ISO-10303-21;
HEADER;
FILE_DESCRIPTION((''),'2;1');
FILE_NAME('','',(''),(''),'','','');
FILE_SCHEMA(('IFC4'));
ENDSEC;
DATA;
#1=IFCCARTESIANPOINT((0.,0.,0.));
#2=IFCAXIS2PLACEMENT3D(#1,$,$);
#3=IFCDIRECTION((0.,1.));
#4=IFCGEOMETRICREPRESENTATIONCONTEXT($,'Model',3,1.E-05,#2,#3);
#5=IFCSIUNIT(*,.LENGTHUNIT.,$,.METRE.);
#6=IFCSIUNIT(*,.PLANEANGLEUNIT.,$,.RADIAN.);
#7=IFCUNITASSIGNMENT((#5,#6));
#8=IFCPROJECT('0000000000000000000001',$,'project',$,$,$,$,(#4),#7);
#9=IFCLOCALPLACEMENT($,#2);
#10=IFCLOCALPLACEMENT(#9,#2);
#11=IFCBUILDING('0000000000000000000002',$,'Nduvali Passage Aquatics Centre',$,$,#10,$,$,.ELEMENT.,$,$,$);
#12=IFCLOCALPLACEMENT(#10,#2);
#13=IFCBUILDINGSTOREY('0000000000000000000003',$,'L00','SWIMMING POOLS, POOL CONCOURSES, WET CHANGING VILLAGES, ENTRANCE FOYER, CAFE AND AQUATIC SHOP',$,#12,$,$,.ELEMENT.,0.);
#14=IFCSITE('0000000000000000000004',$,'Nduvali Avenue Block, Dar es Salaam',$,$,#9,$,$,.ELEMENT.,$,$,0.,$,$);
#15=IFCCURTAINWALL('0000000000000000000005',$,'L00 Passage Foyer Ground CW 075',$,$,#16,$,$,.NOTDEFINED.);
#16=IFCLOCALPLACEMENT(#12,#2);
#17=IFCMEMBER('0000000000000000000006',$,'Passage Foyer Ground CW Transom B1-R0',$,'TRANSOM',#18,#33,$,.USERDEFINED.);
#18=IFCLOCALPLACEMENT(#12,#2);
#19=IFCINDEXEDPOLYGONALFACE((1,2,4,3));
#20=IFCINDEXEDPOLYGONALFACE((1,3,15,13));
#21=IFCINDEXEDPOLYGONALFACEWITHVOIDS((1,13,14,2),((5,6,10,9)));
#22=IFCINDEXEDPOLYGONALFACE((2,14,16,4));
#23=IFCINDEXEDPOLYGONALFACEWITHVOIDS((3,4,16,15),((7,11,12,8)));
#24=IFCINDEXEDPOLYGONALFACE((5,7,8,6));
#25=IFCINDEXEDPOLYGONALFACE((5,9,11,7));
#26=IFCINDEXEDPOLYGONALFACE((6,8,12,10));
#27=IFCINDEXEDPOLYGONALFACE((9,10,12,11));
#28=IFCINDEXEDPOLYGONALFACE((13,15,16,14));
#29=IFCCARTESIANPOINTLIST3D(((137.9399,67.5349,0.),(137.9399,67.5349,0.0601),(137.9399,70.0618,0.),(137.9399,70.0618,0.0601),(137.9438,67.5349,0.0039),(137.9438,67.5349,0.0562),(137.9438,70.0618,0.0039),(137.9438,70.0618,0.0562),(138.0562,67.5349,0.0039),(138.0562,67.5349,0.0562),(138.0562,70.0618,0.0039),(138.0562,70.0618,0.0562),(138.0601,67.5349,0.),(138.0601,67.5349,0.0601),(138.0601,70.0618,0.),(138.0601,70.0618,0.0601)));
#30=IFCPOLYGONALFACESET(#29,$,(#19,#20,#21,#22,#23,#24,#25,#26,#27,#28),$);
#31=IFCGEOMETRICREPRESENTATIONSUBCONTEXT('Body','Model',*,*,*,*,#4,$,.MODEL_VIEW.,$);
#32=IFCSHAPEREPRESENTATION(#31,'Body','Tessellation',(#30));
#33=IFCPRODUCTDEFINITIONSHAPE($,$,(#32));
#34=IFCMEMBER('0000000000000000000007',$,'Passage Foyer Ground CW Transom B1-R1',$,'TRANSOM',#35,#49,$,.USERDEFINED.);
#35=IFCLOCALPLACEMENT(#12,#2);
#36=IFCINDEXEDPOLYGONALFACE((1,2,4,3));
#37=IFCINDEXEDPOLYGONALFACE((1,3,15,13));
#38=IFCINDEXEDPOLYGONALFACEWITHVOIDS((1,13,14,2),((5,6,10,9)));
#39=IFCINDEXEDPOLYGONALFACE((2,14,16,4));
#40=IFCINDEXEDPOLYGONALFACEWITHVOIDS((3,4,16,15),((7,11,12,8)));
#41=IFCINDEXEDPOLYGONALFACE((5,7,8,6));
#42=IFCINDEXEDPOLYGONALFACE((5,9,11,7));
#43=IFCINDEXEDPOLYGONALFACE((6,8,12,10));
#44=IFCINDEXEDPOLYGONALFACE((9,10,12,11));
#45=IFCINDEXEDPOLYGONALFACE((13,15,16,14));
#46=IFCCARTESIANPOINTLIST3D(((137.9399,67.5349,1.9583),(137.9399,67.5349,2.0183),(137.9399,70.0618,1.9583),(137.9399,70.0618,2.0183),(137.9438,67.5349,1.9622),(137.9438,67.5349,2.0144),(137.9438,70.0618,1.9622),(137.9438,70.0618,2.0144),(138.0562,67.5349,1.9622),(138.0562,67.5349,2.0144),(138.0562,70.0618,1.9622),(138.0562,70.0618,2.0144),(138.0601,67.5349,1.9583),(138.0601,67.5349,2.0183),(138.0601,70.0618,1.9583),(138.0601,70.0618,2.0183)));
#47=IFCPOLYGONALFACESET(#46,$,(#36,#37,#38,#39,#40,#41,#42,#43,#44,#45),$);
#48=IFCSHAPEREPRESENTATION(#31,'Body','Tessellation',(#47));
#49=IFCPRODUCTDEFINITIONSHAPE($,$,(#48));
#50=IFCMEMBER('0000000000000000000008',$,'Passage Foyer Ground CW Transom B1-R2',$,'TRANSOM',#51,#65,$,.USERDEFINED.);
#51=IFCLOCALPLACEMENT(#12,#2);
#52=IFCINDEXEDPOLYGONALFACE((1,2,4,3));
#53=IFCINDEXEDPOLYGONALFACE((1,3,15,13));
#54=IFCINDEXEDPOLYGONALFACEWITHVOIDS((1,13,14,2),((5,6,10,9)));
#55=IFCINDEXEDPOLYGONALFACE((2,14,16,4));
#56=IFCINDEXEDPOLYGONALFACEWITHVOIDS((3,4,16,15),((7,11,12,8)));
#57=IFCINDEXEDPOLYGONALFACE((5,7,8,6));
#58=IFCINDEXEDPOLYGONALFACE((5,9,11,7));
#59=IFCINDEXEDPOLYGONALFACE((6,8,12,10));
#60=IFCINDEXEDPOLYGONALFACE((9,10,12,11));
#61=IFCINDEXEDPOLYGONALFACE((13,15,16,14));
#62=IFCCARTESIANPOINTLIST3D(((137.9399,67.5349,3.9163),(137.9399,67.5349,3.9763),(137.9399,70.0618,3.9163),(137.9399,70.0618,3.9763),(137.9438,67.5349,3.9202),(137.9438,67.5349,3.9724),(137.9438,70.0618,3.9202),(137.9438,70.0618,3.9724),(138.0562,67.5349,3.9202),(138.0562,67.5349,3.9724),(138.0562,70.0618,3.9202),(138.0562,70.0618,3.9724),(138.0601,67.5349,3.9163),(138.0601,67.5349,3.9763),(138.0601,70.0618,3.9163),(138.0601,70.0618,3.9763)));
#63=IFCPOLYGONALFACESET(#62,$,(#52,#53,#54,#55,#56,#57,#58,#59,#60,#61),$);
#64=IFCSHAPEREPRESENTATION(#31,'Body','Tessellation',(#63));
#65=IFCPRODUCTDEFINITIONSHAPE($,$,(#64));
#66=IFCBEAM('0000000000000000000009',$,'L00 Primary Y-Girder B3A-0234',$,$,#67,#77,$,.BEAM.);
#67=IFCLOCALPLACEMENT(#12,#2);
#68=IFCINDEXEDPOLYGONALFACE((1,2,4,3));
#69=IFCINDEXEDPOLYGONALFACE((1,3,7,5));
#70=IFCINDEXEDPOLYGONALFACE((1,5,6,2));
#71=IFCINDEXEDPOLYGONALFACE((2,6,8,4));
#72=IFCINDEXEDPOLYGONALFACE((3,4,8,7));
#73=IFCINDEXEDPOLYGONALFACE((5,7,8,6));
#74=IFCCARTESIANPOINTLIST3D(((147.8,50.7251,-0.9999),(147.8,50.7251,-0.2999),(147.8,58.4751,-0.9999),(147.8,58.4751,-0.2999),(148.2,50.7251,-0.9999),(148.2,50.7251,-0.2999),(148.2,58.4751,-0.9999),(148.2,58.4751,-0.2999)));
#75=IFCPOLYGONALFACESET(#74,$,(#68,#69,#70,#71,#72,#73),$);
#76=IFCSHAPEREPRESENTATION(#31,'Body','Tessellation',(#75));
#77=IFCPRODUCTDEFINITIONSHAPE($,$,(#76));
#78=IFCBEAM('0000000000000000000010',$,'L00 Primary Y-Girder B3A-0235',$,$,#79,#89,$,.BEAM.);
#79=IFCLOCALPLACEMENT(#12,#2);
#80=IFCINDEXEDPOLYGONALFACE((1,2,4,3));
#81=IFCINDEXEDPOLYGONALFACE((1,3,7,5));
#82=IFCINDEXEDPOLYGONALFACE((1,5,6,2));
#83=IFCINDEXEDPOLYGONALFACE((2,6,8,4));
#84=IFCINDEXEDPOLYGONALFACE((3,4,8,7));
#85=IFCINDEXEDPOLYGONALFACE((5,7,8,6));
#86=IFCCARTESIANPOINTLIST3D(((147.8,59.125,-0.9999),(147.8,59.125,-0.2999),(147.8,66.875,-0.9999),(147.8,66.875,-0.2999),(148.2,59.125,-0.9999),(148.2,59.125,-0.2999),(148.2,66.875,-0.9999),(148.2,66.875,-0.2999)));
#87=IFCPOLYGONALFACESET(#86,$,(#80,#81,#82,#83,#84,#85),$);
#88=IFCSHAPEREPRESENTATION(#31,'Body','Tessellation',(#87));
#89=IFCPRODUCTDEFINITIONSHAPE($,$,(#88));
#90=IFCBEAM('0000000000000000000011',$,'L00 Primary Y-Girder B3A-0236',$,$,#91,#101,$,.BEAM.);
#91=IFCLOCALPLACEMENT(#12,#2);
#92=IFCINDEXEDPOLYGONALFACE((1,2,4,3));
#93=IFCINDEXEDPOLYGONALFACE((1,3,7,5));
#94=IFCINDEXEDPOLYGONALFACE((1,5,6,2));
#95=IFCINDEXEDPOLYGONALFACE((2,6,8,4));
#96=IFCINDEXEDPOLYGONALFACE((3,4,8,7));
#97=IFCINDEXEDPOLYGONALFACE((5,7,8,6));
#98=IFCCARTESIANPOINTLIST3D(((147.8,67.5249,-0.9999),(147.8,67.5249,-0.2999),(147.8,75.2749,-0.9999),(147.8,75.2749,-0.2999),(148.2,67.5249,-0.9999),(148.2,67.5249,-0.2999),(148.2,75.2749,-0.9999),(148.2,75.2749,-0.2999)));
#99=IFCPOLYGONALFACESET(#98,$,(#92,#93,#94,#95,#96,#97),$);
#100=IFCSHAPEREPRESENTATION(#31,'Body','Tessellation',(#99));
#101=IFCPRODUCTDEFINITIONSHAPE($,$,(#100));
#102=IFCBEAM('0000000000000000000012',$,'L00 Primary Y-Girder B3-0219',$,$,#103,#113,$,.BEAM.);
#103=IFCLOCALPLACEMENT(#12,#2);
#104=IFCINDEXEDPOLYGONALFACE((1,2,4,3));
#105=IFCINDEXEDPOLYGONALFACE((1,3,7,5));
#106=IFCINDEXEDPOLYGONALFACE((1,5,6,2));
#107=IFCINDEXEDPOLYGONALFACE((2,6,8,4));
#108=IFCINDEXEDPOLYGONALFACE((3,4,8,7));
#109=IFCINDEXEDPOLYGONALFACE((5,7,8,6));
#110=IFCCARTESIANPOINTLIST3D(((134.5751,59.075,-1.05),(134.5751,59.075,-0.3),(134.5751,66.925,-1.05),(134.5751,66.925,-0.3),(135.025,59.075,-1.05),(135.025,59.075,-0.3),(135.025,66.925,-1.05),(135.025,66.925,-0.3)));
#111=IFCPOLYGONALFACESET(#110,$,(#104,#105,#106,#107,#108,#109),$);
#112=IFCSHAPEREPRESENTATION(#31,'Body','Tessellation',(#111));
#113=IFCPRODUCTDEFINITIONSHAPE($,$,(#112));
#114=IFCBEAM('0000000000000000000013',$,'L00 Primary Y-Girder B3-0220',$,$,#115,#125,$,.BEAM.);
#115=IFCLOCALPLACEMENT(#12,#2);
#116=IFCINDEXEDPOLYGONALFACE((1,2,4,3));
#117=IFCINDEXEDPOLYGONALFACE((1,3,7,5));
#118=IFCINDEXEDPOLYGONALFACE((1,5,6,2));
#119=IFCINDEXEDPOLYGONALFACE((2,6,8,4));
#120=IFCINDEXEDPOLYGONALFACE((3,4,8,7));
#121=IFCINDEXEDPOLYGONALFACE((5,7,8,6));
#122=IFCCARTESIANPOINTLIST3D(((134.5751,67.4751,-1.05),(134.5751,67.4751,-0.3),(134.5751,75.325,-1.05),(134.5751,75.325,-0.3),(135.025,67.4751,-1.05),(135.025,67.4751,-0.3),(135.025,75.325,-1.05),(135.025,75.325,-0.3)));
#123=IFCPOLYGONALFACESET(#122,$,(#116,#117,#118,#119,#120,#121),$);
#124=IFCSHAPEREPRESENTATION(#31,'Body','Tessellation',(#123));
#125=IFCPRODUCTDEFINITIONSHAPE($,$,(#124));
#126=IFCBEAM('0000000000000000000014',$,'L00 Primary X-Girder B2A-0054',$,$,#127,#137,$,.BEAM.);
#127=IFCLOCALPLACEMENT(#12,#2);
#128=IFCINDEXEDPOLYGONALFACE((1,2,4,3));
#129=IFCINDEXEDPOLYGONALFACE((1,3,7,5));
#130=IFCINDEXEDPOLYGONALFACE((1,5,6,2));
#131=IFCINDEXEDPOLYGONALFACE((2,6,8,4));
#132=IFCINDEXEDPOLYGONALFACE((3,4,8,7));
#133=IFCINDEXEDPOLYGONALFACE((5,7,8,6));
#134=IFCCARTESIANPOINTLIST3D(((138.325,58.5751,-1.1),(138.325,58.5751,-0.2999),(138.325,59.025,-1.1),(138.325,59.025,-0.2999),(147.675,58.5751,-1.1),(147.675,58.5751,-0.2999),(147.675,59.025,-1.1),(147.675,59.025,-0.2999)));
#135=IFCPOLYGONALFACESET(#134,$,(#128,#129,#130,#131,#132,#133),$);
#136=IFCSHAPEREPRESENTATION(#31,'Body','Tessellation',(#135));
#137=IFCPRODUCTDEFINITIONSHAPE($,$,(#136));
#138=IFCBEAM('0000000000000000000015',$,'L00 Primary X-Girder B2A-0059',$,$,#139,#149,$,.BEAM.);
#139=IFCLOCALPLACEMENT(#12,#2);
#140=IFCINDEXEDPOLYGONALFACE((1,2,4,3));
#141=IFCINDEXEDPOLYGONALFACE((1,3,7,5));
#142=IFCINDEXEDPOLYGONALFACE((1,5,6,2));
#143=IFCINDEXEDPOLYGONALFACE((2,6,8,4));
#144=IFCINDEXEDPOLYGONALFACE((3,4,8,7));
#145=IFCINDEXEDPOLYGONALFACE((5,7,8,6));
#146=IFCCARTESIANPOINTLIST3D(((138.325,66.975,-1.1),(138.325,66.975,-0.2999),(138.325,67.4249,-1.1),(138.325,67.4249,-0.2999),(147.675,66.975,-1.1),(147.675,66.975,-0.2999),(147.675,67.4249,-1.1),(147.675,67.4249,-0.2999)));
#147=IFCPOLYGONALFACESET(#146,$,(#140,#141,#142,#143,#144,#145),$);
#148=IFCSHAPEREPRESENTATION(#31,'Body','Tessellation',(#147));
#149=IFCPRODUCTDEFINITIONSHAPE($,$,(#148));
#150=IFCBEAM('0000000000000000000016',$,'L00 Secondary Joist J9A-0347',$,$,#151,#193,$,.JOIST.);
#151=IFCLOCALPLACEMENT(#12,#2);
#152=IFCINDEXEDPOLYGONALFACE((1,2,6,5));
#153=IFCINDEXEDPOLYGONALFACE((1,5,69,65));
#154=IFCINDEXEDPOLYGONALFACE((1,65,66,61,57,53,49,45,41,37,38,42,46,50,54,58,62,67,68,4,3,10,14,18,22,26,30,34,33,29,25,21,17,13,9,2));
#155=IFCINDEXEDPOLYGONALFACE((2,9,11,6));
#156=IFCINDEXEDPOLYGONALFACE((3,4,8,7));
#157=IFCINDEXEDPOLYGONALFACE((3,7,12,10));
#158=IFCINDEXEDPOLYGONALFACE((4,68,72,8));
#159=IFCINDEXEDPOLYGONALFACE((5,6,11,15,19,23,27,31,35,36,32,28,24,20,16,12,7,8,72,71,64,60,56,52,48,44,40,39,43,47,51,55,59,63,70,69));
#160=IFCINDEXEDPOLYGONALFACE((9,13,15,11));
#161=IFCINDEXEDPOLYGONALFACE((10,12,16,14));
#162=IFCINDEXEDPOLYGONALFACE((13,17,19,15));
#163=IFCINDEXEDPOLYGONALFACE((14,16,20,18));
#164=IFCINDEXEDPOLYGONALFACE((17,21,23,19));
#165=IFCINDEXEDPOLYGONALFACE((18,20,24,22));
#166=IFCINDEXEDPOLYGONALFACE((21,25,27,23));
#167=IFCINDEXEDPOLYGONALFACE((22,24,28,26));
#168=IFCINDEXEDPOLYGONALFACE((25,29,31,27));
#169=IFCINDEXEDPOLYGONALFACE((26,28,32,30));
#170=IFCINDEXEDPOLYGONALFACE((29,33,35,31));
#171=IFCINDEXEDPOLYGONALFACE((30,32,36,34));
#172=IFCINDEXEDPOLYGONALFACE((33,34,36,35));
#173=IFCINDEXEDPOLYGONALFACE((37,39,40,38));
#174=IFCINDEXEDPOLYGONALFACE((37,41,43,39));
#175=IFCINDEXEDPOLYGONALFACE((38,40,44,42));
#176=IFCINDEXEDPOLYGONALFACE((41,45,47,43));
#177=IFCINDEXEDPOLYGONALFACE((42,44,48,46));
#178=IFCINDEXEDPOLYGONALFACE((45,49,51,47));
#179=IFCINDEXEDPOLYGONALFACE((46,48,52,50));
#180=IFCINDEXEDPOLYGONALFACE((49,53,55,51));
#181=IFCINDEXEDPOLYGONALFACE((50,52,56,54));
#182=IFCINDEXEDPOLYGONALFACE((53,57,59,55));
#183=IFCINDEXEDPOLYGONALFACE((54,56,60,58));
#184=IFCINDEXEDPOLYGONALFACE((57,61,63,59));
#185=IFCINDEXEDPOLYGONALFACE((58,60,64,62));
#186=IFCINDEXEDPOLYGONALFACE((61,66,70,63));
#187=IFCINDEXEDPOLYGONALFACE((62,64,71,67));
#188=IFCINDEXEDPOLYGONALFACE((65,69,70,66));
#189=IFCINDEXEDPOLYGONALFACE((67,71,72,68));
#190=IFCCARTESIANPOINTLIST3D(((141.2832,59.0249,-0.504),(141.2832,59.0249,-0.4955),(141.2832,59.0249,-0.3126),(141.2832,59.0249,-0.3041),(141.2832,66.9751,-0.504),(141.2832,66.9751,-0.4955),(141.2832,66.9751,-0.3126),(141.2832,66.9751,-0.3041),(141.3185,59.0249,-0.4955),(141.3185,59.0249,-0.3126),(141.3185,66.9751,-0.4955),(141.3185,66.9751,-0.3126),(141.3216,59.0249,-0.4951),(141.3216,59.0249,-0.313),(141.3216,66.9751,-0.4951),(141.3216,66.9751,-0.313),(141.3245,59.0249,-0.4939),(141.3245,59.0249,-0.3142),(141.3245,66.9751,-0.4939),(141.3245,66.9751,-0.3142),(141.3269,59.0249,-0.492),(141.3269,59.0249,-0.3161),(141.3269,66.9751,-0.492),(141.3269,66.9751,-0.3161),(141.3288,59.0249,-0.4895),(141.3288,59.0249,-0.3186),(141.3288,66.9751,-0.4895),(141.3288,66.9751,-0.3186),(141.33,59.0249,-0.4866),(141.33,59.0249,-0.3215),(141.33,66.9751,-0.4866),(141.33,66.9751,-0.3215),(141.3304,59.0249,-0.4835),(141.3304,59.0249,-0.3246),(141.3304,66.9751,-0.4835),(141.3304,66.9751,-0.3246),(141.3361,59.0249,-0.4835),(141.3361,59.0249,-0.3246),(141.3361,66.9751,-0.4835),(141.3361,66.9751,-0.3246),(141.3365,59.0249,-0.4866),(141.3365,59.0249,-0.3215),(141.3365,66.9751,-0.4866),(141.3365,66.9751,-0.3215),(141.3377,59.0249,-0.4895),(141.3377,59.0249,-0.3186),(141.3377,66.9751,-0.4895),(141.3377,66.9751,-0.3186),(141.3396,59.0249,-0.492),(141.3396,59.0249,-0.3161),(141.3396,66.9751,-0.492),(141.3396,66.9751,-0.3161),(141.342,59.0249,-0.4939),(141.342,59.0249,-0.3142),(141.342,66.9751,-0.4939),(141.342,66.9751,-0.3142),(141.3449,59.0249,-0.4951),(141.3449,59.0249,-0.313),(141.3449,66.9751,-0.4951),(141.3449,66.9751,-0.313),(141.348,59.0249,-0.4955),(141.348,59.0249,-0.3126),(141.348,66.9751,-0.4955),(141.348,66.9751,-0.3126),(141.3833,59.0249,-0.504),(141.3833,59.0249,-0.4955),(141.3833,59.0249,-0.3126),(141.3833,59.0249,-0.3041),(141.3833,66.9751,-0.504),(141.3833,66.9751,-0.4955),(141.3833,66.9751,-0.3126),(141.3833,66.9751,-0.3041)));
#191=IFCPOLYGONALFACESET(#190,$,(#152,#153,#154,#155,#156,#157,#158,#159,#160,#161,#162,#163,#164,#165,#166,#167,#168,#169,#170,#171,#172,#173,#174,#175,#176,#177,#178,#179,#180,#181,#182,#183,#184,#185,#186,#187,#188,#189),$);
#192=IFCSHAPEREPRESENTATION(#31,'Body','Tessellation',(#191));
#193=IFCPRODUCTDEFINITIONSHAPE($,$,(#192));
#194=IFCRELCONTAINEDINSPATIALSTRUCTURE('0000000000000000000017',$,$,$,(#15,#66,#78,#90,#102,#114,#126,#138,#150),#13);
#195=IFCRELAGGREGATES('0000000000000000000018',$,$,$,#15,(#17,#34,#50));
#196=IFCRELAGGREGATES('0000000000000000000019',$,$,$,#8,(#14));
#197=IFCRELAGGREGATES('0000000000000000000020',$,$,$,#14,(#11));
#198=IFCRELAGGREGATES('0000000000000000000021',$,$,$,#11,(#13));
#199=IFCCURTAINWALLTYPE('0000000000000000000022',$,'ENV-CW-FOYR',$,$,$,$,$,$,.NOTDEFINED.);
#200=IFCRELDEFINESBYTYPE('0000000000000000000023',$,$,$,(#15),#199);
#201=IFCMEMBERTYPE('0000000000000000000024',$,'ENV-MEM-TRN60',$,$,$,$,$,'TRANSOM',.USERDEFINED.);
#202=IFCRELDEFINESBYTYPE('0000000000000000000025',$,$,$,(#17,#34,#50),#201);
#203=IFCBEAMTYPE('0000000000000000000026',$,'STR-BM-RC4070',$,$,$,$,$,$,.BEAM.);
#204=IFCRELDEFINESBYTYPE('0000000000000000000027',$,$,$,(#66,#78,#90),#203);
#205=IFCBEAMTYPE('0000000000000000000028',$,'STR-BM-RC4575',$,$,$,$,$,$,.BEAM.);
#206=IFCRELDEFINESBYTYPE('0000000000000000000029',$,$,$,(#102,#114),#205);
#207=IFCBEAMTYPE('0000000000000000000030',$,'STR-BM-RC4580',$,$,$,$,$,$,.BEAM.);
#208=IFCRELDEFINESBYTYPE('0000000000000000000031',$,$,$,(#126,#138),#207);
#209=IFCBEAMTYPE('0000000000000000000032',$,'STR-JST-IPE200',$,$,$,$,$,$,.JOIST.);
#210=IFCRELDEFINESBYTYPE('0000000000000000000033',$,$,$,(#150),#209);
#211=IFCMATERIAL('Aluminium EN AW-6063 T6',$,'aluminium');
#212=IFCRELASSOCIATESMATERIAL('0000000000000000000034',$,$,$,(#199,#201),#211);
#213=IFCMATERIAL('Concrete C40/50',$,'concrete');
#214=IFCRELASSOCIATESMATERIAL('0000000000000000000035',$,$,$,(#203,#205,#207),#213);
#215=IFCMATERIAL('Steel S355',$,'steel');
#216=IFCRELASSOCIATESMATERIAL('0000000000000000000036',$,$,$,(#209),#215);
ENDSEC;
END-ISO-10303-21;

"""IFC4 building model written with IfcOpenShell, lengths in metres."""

from ifc_helpers import new_model, si_unit, direction, frame, origin, origin_2d, place, context, subcontext, project, spatial, rectangle, hollow_rectangle, i_section, extrude, material, material_profile, profile_set, type_object, element, aggregate, save


model = new_model("IFC4")

# Units and contexts
model_context = context("Model", 3, precision=1e-05, world=origin(), true_north=direction((0.0, 1.0)))
body_context = subcontext(model_context, "Body", "Model", "MODEL_VIEW")
ifc_project = project(units=[si_unit("LENGTHUNIT", "METRE"), si_unit("PLANEANGLEUNIT", "RADIAN")], contexts=[model_context])

# Site, building, storey
site_placement = place(None, origin())
site = spatial("IfcSite", under=ifc_project, at=site_placement, Name="Nduvali Avenue Block, Dar es Salaam", CompositionType="ELEMENT", RefElevation=0.0)
building_placement = place(site_placement, origin())
building = spatial("IfcBuilding", under=site, at=building_placement, Name="Nduvali Passage Aquatics Centre", CompositionType="ELEMENT")
storey_placement = place(building_placement, origin())
storey = spatial("IfcBuildingStorey", under=building, at=storey_placement, Name="L00", Description="SWIMMING POOLS, POOL CONCOURSES, WET CHANGING VILLAGES, ENTRANCE FOYER, CAFE AND AQUATIC SHOP", CompositionType="ELEMENT", Elevation=0.0)

# Shared definitions
ifc_material_1 = material(Name="Concrete C40/50", Category="concrete")
ifc_material_2 = material(Name="Steel S355", Category="steel")

# Curtain wall, members
ifc_material_3 = material(Name="Aluminium EN AW-6063 T6", Category="aluminium")
curtain_wall_type = type_object("IfcCurtainWallType", Name="ENV-CW-FOYR", PredefinedType="NOTDEFINED", material=ifc_material_3)
curtain_wall_placement = place(storey_placement, origin())
curtain_wall = element("IfcCurtainWall", 1, at=curtain_wall_placement, inside=storey, type_object=curtain_wall_type, Name="L00 Passage Foyer Ground CW 075", PredefinedType="NOTDEFINED")
ifc_material_profile_1 = material_profile(ifc_material_3, hollow_rectangle(XDim=0.1201, YDim=0.0601, WallThickness=0.0039, at=origin_2d()), Name="ALU TRANSOM 120x60x4")
ifc_profile_set_1 = profile_set([ifc_material_profile_1], Name="Aluminium EN AW-6063 T6")
member_type_1 = type_object("IfcMemberType", Name="ENV-MEM-TRN60", ElementType="TRANSOM", PredefinedType="USERDEFINED", material=ifc_profile_set_1)
member_1_placement = place(storey_placement, frame((138.0, 67.5349, 0.03), z_axis=(0.0, 1.0, 0.0), x_axis=(-1.0, 0.0, 0.0)))
member_1 = element("IfcMember", 2, at=member_1_placement, type_object=member_type_1, Name="Passage Foyer Ground CW Transom B1-R0", ObjectType="TRANSOM", PredefinedType="USERDEFINED", context=body_context, shape_type="SweptSolid", body=[
    extrude(hollow_rectangle(XDim=0.1201, YDim=0.0601, WallThickness=0.0039, at=origin_2d()), origin(), (0.0, 0.0, 1.0), 2.5269),
])
member_2_placement = place(storey_placement, frame((138.0, 67.5349, 1.9883), z_axis=(0.0, 1.0, 0.0), x_axis=(-1.0, 0.0, 0.0)))
member_2 = element("IfcMember", 3, at=member_2_placement, type_object=member_type_1, Name="Passage Foyer Ground CW Transom B1-R1", ObjectType="TRANSOM", PredefinedType="USERDEFINED", context=body_context, shape_type="SweptSolid", body=[
    extrude(hollow_rectangle(XDim=0.1201, YDim=0.0601, WallThickness=0.0039, at=origin_2d()), origin(), (0.0, 0.0, 1.0), 2.5269),
])
member_3_placement = place(storey_placement, frame((138.0, 67.5349, 3.9463), z_axis=(0.0, 1.0, 0.0), x_axis=(-1.0, 0.0, 0.0)))
member_3 = element("IfcMember", 4, at=member_3_placement, type_object=member_type_1, Name="Passage Foyer Ground CW Transom B1-R2", ObjectType="TRANSOM", PredefinedType="USERDEFINED", context=body_context, shape_type="SweptSolid", body=[
    extrude(hollow_rectangle(XDim=0.1201, YDim=0.0601, WallThickness=0.0039, at=origin_2d()), origin(), (0.0, 0.0, 1.0), 2.5269),
])

# Beams
ifc_material_profile_2 = material_profile(ifc_material_1, rectangle(XDim=0.3999, YDim=0.7, at=origin_2d()), Name="RC 400x700")
ifc_profile_set_2 = profile_set([ifc_material_profile_2], Name="Concrete C40/50")
beam_type_1 = type_object("IfcBeamType", Name="STR-BM-RC4070", PredefinedType="BEAM", material=ifc_profile_set_2)
for number, where, z_axis, x_axis, name in (
    (5, (148.0, 50.7251, -0.6499), (0.0, 1.0, 0.0), (-1.0, 0.0, 0.0), "L00 Primary Y-Girder B3A-0234"),
    (6, (148.0, 59.125, -0.6499), (0.0, 1.0, 0.0), (-1.0, 0.0, 0.0), "L00 Primary Y-Girder B3A-0235"),
    (7, (148.0, 67.5249, -0.6499), (0.0, 1.0, 0.0), (-1.0, 0.0, 0.0), "L00 Primary Y-Girder B3A-0236"),
):
    element("IfcBeam", number, at=place(storey_placement, frame(where, z_axis=z_axis, x_axis=x_axis)), inside=storey, type_object=beam_type_1, Name=name, PredefinedType="BEAM", context=body_context, shape_type="SweptSolid", body=[
        extrude(rectangle(XDim=0.3999, YDim=0.7, at=origin_2d()), origin(), (0.0, 0.0, 1.0), 7.75),
    ])
ifc_material_profile_3 = material_profile(ifc_material_1, rectangle(XDim=0.45, YDim=0.75, at=origin_2d()), Name="RC 450x750")
ifc_profile_set_3 = profile_set([ifc_material_profile_3], Name="Concrete C40/50")
beam_type_2 = type_object("IfcBeamType", Name="STR-BM-RC4575", PredefinedType="BEAM", material=ifc_profile_set_3)
beam_1_placement = place(storey_placement, frame((134.8, 59.075, -0.675), z_axis=(0.0, 1.0, 0.0), x_axis=(-1.0, 0.0, 0.0)))
element("IfcBeam", 8, at=beam_1_placement, inside=storey, type_object=beam_type_2, Name="L00 Primary Y-Girder B3-0219", PredefinedType="BEAM", context=body_context, shape_type="SweptSolid", body=[
    extrude(rectangle(XDim=0.45, YDim=0.75, at=origin_2d()), origin(), (0.0, 0.0, 1.0), 7.8501),
])
beam_2_placement = place(storey_placement, frame((134.8, 67.4751, -0.675), z_axis=(0.0, 1.0, 0.0), x_axis=(-1.0, 0.0, 0.0)))
element("IfcBeam", 9, at=beam_2_placement, inside=storey, type_object=beam_type_2, Name="L00 Primary Y-Girder B3-0220", PredefinedType="BEAM", context=body_context, shape_type="SweptSolid", body=[
    extrude(rectangle(XDim=0.45, YDim=0.75, at=origin_2d()), origin(), (0.0, 0.0, 1.0), 7.8499),
])
ifc_material_profile_4 = material_profile(ifc_material_1, rectangle(XDim=0.45, YDim=0.8, at=origin_2d()), Name="RC 450x800")
ifc_profile_set_4 = profile_set([ifc_material_profile_4], Name="Concrete C40/50")
beam_type_3 = type_object("IfcBeamType", Name="STR-BM-RC4580", PredefinedType="BEAM", material=ifc_profile_set_4)
for number, where, z_axis, x_axis, name in (
    (10, (138.325, 58.8, -0.7), (1.0, 0.0, 0.0), (0.0, 1.0, 0.0), "L00 Primary X-Girder B2A-0054"),
    (11, (138.325, 67.2, -0.7), (1.0, 0.0, 0.0), (0.0, 1.0, 0.0), "L00 Primary X-Girder B2A-0059"),
):
    element("IfcBeam", number, at=place(storey_placement, frame(where, z_axis=z_axis, x_axis=x_axis)), inside=storey, type_object=beam_type_3, Name=name, PredefinedType="BEAM", context=body_context, shape_type="SweptSolid", body=[
        extrude(rectangle(XDim=0.45, YDim=0.8, at=origin_2d()), origin(), (0.0, 0.0, 1.0), 9.3501),
    ])
ifc_material_profile_5 = material_profile(ifc_material_2, i_section(OverallWidth=0.1001, OverallDepth=0.2, WebThickness=0.0056, FlangeThickness=0.0085, FilletRadius=0.012, at=origin_2d()), Name="IPE 200")
ifc_profile_set_5 = profile_set([ifc_material_profile_5], Name="Steel S355")
beam_type_4 = type_object("IfcBeamType", Name="STR-JST-IPE200", PredefinedType="JOIST", material=ifc_profile_set_5)
for number, where, z_axis, x_axis, name in (
    (12, (141.3333, 59.0249, -0.4041), (0.0, 1.0, 0.0), (-1.0, 0.0, 0.0), "L00 Secondary Joist J9A-0347"),
):
    element("IfcBeam", number, at=place(storey_placement, frame(where, z_axis=z_axis, x_axis=x_axis)), inside=storey, type_object=beam_type_4, Name=name, PredefinedType="JOIST", context=body_context, shape_type="SweptSolid", body=[
        extrude(i_section(OverallWidth=0.1001, OverallDepth=0.2, WebThickness=0.0056, FlangeThickness=0.0085, FilletRadius=0.012, at=origin_2d()), origin(), (0.0, 0.0, 1.0), 7.9502),
    ])

aggregate(curtain_wall, [member_1, member_2, member_3])

save(model, "model.ifc")
